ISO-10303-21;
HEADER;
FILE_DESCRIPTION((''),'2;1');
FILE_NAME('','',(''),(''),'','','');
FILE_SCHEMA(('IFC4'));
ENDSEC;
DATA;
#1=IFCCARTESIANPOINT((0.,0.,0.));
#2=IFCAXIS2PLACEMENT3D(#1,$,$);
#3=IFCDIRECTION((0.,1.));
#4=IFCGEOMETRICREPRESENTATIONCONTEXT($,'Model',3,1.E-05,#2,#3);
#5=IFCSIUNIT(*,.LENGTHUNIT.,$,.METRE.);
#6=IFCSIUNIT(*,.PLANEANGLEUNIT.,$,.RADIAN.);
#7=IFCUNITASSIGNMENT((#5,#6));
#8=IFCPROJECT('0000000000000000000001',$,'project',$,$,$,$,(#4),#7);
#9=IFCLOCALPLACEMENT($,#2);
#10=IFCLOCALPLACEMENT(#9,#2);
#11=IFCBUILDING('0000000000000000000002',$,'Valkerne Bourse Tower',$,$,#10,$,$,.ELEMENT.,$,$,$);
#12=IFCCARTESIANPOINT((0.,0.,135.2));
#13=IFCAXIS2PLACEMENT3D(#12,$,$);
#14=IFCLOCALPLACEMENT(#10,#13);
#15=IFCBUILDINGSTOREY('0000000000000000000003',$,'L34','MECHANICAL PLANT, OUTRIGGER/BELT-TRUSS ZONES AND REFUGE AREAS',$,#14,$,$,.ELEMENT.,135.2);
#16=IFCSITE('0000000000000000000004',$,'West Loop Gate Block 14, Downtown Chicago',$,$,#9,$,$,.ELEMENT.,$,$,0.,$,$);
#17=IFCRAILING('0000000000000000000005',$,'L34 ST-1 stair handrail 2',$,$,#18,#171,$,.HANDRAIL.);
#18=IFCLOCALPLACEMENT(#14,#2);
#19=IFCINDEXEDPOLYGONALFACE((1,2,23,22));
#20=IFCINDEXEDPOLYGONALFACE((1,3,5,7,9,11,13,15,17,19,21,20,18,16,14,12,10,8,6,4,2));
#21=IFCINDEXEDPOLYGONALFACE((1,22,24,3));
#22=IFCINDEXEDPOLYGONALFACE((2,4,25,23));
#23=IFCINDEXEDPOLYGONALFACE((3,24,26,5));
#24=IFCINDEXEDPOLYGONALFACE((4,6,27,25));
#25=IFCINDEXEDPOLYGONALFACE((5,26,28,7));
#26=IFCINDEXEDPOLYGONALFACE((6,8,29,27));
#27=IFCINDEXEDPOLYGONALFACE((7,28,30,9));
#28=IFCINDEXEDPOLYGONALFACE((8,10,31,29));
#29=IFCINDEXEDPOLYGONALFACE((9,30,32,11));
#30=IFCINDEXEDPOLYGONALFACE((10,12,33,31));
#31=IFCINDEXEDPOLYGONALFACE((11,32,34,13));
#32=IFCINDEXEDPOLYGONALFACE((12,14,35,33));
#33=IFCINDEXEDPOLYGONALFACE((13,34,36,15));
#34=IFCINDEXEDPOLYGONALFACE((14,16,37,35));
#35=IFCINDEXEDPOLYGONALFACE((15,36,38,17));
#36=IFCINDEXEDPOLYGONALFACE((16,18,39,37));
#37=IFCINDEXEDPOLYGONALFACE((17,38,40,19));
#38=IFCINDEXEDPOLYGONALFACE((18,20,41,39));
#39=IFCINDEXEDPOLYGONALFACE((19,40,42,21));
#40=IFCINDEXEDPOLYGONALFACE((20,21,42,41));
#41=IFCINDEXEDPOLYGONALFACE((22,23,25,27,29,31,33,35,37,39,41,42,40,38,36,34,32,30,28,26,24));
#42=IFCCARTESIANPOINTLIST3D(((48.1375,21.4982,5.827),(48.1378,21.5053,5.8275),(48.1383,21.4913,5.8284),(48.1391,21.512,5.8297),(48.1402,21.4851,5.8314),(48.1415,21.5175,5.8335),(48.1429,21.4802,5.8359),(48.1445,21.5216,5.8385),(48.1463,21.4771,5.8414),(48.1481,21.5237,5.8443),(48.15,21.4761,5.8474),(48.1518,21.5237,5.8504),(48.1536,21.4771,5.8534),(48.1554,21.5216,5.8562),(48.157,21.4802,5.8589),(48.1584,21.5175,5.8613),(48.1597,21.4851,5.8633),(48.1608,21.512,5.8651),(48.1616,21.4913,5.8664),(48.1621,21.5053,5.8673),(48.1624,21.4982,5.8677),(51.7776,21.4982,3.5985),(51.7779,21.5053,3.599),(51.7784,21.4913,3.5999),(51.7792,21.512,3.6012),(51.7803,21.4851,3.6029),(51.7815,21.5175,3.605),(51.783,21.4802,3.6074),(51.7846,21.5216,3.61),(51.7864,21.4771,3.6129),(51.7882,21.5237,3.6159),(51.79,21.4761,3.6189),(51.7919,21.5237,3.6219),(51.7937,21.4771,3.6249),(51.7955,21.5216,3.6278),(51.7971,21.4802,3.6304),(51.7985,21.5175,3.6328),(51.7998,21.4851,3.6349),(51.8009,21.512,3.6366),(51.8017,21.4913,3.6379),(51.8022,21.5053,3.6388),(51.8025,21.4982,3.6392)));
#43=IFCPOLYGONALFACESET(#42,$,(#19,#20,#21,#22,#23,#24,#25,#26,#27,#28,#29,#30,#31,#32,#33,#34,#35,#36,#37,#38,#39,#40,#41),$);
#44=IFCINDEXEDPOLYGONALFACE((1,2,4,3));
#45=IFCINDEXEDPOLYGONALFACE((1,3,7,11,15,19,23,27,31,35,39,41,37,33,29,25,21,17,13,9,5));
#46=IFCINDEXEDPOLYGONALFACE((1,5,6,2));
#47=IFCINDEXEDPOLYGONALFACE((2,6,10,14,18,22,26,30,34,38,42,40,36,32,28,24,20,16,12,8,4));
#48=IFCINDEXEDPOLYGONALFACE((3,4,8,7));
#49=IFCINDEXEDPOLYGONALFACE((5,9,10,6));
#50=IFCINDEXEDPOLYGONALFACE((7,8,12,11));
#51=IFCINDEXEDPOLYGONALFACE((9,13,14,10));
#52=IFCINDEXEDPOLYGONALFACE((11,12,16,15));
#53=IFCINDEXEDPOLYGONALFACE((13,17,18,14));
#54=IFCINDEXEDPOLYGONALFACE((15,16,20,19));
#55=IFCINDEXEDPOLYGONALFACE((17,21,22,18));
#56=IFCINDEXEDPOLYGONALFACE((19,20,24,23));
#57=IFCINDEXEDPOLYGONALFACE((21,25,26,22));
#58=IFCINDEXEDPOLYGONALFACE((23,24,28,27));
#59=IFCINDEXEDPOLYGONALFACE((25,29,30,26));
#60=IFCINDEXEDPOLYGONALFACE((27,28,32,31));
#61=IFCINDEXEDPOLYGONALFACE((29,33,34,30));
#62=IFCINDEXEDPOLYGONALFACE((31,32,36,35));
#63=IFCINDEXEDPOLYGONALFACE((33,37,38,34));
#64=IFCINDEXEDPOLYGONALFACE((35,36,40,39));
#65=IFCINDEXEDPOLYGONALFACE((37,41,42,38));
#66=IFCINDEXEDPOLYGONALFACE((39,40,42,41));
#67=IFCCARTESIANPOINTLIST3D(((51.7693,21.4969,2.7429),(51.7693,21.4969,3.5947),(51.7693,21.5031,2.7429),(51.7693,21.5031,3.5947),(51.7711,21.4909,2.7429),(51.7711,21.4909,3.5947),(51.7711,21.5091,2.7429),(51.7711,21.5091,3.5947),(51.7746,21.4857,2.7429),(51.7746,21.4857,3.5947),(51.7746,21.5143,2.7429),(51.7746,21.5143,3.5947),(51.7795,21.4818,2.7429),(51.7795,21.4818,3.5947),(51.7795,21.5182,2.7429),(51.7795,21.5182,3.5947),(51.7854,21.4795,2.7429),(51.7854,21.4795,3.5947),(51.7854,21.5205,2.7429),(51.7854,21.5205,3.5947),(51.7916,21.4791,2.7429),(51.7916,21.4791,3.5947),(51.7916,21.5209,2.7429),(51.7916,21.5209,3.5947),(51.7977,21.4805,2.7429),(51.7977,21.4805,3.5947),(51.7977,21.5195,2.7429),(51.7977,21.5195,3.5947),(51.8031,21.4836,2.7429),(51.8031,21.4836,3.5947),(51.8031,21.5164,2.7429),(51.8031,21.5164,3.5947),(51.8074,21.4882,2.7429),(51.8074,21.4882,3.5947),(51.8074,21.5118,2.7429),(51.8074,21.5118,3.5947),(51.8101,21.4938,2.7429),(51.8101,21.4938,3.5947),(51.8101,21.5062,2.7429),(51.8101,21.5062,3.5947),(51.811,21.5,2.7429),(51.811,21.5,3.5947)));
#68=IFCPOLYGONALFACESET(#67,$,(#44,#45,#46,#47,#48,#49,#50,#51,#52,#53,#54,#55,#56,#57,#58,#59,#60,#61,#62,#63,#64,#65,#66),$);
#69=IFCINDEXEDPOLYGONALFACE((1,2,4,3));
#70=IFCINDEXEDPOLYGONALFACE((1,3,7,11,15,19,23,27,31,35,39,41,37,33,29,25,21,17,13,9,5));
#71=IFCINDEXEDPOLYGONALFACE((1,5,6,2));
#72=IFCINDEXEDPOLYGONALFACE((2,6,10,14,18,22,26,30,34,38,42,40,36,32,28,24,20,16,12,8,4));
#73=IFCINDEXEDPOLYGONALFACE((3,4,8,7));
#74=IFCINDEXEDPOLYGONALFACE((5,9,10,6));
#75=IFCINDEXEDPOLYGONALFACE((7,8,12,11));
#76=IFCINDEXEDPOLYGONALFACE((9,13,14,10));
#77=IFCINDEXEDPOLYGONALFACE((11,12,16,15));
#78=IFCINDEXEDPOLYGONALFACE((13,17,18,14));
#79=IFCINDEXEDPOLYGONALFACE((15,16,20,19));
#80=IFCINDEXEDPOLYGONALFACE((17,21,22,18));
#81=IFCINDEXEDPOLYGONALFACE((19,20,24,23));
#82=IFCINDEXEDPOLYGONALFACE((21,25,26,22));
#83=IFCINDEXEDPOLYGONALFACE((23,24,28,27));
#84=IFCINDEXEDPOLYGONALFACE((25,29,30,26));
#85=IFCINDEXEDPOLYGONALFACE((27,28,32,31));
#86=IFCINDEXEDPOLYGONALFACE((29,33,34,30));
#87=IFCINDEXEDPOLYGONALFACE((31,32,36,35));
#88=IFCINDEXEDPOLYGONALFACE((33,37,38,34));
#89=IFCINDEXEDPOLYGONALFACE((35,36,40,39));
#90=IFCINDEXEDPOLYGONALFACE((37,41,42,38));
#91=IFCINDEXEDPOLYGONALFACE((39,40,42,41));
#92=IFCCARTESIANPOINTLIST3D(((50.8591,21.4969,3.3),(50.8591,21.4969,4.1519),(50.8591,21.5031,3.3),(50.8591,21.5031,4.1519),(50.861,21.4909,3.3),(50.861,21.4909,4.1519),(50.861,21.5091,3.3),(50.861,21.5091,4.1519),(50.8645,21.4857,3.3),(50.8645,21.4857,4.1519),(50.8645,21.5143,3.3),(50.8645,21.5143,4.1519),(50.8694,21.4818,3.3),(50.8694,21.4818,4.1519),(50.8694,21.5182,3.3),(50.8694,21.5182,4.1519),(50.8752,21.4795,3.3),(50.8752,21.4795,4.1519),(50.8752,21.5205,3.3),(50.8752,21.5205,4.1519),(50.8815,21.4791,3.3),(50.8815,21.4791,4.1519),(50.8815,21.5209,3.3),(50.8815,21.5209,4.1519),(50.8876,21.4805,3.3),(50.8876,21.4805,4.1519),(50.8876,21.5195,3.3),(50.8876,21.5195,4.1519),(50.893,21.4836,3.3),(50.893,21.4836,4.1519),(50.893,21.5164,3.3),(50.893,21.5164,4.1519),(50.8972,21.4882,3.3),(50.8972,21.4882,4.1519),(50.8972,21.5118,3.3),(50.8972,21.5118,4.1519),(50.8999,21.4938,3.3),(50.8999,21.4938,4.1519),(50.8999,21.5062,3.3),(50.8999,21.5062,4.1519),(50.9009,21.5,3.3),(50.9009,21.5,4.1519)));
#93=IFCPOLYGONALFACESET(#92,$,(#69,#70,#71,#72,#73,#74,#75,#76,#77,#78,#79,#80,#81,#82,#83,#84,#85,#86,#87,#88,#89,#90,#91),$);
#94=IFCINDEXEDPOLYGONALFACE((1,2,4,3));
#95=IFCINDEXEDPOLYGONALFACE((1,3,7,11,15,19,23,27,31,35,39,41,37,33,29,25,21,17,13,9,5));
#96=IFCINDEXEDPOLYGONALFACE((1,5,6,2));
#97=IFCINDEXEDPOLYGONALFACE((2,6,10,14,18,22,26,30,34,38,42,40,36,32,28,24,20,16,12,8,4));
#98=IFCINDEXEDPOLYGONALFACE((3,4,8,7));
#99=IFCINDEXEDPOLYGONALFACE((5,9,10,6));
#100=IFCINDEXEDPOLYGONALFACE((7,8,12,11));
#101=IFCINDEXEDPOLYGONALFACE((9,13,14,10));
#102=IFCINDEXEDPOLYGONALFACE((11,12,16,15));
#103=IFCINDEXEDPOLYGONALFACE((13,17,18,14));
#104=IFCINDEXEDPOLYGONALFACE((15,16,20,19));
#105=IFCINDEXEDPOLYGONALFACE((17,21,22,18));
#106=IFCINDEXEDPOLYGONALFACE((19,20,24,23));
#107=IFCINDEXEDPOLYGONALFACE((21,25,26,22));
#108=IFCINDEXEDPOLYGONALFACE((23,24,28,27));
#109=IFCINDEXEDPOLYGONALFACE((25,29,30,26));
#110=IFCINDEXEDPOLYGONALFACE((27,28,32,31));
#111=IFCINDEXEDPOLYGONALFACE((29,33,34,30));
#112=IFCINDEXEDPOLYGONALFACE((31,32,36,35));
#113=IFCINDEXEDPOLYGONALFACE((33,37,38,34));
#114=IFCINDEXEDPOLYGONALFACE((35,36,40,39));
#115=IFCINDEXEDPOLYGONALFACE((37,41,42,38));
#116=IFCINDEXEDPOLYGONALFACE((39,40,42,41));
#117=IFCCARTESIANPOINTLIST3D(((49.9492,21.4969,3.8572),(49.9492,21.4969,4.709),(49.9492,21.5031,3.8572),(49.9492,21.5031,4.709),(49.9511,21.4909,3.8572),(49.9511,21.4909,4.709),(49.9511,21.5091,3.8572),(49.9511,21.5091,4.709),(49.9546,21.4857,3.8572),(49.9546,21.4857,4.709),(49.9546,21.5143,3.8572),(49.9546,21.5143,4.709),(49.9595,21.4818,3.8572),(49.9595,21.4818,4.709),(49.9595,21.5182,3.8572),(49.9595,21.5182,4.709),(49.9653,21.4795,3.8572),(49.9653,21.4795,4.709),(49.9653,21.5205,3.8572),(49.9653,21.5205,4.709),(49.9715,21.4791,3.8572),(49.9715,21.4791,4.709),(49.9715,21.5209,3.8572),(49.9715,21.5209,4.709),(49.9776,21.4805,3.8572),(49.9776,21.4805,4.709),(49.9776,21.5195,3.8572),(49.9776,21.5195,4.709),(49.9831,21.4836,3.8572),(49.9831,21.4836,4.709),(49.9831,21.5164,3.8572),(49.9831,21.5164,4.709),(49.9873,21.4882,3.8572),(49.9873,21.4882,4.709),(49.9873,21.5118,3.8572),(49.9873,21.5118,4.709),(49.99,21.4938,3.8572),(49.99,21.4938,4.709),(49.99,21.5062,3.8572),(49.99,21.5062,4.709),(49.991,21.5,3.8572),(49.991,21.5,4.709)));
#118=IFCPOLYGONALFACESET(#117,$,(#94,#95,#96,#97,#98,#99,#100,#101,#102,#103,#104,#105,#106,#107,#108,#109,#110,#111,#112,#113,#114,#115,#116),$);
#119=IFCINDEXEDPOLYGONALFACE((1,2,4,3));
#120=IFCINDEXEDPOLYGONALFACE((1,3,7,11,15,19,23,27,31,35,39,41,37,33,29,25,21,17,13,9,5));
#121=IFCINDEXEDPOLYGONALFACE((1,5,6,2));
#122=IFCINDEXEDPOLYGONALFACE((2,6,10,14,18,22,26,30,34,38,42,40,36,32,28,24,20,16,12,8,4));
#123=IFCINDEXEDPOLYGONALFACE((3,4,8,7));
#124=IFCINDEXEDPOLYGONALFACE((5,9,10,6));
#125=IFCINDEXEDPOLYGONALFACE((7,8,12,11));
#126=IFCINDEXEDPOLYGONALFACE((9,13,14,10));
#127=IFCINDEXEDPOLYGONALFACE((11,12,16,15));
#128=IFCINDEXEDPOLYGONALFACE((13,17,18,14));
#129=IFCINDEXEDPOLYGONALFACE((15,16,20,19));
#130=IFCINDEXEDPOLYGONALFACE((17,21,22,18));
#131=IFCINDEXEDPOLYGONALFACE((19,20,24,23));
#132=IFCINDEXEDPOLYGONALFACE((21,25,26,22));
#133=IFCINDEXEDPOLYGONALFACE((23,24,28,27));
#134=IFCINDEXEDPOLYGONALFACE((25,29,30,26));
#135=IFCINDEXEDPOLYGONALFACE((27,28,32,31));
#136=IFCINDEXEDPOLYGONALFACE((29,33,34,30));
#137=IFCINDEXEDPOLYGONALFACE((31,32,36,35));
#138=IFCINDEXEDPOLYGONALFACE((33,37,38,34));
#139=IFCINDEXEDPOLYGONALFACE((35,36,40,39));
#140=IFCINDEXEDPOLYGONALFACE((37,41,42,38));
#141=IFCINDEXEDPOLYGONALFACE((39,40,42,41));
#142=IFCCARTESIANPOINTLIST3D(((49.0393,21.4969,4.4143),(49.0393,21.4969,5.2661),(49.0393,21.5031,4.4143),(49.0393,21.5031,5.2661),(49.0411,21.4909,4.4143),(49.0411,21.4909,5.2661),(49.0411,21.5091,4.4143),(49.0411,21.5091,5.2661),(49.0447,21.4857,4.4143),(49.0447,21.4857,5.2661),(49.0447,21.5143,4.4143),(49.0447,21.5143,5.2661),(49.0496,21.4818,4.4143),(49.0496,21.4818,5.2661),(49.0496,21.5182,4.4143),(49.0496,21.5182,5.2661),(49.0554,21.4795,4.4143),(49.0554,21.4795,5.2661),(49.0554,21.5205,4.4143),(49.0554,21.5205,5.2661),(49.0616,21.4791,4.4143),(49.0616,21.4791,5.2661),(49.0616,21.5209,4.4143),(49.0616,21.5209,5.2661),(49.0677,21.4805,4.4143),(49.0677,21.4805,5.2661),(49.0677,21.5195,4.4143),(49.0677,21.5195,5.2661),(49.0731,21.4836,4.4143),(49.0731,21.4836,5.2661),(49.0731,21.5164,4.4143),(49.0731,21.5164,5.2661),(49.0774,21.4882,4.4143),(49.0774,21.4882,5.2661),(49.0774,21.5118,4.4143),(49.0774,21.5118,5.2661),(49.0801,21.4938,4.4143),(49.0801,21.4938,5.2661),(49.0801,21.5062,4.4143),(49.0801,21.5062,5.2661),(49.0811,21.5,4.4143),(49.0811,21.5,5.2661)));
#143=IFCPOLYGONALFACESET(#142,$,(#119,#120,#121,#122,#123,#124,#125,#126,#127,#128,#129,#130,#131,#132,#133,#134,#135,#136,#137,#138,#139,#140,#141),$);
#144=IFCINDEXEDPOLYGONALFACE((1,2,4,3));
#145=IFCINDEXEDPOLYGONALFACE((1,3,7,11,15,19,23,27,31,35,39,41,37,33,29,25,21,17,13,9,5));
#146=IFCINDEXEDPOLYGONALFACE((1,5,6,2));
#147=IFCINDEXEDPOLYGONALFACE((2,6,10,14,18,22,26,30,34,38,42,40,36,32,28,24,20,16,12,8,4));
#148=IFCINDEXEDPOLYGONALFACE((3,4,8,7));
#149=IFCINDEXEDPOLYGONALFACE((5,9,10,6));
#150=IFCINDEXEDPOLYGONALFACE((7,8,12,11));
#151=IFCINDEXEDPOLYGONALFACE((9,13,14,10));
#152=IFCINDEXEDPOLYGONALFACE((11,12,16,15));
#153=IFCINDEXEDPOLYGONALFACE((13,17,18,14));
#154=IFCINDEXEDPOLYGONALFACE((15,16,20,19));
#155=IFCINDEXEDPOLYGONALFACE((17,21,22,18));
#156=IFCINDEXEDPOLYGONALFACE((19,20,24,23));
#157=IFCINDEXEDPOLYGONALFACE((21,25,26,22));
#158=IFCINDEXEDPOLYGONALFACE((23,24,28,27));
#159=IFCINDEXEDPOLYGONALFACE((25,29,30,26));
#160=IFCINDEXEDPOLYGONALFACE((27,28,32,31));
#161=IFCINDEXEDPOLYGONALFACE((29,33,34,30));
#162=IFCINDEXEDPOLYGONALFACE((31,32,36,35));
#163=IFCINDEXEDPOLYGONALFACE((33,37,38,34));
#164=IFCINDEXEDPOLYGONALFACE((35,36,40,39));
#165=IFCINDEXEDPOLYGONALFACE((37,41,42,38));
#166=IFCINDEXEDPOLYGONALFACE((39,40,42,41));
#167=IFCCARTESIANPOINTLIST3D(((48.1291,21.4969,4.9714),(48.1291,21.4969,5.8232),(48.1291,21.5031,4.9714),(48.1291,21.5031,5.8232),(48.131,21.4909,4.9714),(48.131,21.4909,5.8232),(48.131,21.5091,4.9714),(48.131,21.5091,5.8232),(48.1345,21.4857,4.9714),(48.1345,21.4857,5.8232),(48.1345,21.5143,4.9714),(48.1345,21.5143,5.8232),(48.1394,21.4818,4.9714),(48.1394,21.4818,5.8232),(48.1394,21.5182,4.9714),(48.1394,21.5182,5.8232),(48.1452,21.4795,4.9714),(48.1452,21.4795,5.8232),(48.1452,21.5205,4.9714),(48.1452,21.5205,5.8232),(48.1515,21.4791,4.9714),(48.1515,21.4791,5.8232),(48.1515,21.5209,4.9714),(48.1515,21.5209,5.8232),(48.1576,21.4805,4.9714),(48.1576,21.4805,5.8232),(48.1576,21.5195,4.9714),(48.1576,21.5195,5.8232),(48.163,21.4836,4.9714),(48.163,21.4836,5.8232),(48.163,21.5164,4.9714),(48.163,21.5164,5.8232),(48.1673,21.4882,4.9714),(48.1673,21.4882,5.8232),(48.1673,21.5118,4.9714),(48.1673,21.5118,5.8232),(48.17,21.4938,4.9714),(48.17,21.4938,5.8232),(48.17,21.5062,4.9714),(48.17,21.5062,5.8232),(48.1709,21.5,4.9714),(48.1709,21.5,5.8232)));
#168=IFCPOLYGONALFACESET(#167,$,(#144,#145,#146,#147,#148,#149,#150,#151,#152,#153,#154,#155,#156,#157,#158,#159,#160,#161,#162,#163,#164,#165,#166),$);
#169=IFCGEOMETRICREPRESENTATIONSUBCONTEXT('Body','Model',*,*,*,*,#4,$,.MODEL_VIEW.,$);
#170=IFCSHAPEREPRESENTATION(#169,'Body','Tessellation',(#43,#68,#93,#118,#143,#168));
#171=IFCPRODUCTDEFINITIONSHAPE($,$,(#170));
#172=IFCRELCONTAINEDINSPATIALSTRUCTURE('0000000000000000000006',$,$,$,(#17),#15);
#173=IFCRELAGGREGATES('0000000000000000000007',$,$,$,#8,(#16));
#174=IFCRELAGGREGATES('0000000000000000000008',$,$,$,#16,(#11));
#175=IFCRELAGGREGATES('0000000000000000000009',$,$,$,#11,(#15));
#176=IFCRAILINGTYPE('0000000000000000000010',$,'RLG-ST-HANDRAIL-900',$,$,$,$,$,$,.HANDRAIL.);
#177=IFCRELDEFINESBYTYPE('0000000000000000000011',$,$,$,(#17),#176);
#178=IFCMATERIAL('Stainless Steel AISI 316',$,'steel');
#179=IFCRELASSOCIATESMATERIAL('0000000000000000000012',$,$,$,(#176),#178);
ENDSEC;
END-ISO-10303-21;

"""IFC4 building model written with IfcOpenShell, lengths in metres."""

from ifc_helpers import new_model, si_unit, direction, frame, origin, origin_2d, place, context, subcontext, project, spatial, circle, extrude, material, type_object, element, save


model = new_model("IFC4")

# Units and contexts
model_context = context("Model", 3, precision=1e-05, world=origin(), true_north=direction((0.0, 1.0)))
body_context = subcontext(model_context, "Body", "Model", "MODEL_VIEW")
ifc_project = project(units=[si_unit("LENGTHUNIT", "METRE"), si_unit("PLANEANGLEUNIT", "RADIAN")], contexts=[model_context])

# Site, building, storey
site_placement = place(None, origin())
site = spatial("IfcSite", under=ifc_project, at=site_placement, Name="West Loop Gate Block 14, Downtown Chicago", CompositionType="ELEMENT", RefElevation=0.0)
building_placement = place(site_placement, origin())
building = spatial("IfcBuilding", under=site, at=building_placement, Name="Valkerne Bourse Tower", CompositionType="ELEMENT")
storey_placement = place(building_placement, frame((0.0, 0.0, 135.2)))
storey = spatial("IfcBuildingStorey", under=building, at=storey_placement, Name="L34", Description="MECHANICAL PLANT, OUTRIGGER/BELT-TRUSS ZONES AND REFUGE AREAS", CompositionType="ELEMENT", Elevation=135.2)

# Shared definitions
ifc_material_1 = material(Name="Stainless Steel AISI 316", Category="steel")

# Railing
railing_type_1 = type_object("IfcRailingType", Name="RLG-ST-HANDRAIL-900", PredefinedType="HANDRAIL", material=ifc_material_1)
railing_1_placement = place(storey_placement, frame((51.79, 21.5, 2.7429)))
element("IfcRailing", 1, at=railing_1_placement, inside=storey, type_object=railing_type_1, Name="L34 ST-1 stair handrail 2", PredefinedType="HANDRAIL", context=body_context, shape_type="SweptSolid", body=[
    extrude(circle(Radius=0.0239, at=origin_2d()), frame((0.0, 0.0, 0.876), z_axis=(-0.852866, 0.0, 0.52213), x_axis=(0.0, -1.0, 0.0)), (0.0, 0.0, 1.0), 4.2681),
    extrude(circle(Radius=0.021, at=origin_2d()), origin(), (0.0, 0.0, 1.0), 0.8518),
    extrude(circle(Radius=0.021, at=origin_2d()), frame((-0.9102, 0.0, 0.5571)), (0.0, 0.0, 1.0), 0.8518),
    extrude(circle(Radius=0.021, at=origin_2d()), frame((-1.8201, 0.0, 1.1143)), (0.0, 0.0, 1.0), 0.8518),
    extrude(circle(Radius=0.021, at=origin_2d()), frame((-2.73, 0.0, 1.6714)), (0.0, 0.0, 1.0), 0.8518),
    extrude(circle(Radius=0.021, at=origin_2d()), frame((-3.6401, 0.0, 2.2285)), (0.0, 0.0, 1.0), 0.8518),
])

save(model, "model.ifc")
